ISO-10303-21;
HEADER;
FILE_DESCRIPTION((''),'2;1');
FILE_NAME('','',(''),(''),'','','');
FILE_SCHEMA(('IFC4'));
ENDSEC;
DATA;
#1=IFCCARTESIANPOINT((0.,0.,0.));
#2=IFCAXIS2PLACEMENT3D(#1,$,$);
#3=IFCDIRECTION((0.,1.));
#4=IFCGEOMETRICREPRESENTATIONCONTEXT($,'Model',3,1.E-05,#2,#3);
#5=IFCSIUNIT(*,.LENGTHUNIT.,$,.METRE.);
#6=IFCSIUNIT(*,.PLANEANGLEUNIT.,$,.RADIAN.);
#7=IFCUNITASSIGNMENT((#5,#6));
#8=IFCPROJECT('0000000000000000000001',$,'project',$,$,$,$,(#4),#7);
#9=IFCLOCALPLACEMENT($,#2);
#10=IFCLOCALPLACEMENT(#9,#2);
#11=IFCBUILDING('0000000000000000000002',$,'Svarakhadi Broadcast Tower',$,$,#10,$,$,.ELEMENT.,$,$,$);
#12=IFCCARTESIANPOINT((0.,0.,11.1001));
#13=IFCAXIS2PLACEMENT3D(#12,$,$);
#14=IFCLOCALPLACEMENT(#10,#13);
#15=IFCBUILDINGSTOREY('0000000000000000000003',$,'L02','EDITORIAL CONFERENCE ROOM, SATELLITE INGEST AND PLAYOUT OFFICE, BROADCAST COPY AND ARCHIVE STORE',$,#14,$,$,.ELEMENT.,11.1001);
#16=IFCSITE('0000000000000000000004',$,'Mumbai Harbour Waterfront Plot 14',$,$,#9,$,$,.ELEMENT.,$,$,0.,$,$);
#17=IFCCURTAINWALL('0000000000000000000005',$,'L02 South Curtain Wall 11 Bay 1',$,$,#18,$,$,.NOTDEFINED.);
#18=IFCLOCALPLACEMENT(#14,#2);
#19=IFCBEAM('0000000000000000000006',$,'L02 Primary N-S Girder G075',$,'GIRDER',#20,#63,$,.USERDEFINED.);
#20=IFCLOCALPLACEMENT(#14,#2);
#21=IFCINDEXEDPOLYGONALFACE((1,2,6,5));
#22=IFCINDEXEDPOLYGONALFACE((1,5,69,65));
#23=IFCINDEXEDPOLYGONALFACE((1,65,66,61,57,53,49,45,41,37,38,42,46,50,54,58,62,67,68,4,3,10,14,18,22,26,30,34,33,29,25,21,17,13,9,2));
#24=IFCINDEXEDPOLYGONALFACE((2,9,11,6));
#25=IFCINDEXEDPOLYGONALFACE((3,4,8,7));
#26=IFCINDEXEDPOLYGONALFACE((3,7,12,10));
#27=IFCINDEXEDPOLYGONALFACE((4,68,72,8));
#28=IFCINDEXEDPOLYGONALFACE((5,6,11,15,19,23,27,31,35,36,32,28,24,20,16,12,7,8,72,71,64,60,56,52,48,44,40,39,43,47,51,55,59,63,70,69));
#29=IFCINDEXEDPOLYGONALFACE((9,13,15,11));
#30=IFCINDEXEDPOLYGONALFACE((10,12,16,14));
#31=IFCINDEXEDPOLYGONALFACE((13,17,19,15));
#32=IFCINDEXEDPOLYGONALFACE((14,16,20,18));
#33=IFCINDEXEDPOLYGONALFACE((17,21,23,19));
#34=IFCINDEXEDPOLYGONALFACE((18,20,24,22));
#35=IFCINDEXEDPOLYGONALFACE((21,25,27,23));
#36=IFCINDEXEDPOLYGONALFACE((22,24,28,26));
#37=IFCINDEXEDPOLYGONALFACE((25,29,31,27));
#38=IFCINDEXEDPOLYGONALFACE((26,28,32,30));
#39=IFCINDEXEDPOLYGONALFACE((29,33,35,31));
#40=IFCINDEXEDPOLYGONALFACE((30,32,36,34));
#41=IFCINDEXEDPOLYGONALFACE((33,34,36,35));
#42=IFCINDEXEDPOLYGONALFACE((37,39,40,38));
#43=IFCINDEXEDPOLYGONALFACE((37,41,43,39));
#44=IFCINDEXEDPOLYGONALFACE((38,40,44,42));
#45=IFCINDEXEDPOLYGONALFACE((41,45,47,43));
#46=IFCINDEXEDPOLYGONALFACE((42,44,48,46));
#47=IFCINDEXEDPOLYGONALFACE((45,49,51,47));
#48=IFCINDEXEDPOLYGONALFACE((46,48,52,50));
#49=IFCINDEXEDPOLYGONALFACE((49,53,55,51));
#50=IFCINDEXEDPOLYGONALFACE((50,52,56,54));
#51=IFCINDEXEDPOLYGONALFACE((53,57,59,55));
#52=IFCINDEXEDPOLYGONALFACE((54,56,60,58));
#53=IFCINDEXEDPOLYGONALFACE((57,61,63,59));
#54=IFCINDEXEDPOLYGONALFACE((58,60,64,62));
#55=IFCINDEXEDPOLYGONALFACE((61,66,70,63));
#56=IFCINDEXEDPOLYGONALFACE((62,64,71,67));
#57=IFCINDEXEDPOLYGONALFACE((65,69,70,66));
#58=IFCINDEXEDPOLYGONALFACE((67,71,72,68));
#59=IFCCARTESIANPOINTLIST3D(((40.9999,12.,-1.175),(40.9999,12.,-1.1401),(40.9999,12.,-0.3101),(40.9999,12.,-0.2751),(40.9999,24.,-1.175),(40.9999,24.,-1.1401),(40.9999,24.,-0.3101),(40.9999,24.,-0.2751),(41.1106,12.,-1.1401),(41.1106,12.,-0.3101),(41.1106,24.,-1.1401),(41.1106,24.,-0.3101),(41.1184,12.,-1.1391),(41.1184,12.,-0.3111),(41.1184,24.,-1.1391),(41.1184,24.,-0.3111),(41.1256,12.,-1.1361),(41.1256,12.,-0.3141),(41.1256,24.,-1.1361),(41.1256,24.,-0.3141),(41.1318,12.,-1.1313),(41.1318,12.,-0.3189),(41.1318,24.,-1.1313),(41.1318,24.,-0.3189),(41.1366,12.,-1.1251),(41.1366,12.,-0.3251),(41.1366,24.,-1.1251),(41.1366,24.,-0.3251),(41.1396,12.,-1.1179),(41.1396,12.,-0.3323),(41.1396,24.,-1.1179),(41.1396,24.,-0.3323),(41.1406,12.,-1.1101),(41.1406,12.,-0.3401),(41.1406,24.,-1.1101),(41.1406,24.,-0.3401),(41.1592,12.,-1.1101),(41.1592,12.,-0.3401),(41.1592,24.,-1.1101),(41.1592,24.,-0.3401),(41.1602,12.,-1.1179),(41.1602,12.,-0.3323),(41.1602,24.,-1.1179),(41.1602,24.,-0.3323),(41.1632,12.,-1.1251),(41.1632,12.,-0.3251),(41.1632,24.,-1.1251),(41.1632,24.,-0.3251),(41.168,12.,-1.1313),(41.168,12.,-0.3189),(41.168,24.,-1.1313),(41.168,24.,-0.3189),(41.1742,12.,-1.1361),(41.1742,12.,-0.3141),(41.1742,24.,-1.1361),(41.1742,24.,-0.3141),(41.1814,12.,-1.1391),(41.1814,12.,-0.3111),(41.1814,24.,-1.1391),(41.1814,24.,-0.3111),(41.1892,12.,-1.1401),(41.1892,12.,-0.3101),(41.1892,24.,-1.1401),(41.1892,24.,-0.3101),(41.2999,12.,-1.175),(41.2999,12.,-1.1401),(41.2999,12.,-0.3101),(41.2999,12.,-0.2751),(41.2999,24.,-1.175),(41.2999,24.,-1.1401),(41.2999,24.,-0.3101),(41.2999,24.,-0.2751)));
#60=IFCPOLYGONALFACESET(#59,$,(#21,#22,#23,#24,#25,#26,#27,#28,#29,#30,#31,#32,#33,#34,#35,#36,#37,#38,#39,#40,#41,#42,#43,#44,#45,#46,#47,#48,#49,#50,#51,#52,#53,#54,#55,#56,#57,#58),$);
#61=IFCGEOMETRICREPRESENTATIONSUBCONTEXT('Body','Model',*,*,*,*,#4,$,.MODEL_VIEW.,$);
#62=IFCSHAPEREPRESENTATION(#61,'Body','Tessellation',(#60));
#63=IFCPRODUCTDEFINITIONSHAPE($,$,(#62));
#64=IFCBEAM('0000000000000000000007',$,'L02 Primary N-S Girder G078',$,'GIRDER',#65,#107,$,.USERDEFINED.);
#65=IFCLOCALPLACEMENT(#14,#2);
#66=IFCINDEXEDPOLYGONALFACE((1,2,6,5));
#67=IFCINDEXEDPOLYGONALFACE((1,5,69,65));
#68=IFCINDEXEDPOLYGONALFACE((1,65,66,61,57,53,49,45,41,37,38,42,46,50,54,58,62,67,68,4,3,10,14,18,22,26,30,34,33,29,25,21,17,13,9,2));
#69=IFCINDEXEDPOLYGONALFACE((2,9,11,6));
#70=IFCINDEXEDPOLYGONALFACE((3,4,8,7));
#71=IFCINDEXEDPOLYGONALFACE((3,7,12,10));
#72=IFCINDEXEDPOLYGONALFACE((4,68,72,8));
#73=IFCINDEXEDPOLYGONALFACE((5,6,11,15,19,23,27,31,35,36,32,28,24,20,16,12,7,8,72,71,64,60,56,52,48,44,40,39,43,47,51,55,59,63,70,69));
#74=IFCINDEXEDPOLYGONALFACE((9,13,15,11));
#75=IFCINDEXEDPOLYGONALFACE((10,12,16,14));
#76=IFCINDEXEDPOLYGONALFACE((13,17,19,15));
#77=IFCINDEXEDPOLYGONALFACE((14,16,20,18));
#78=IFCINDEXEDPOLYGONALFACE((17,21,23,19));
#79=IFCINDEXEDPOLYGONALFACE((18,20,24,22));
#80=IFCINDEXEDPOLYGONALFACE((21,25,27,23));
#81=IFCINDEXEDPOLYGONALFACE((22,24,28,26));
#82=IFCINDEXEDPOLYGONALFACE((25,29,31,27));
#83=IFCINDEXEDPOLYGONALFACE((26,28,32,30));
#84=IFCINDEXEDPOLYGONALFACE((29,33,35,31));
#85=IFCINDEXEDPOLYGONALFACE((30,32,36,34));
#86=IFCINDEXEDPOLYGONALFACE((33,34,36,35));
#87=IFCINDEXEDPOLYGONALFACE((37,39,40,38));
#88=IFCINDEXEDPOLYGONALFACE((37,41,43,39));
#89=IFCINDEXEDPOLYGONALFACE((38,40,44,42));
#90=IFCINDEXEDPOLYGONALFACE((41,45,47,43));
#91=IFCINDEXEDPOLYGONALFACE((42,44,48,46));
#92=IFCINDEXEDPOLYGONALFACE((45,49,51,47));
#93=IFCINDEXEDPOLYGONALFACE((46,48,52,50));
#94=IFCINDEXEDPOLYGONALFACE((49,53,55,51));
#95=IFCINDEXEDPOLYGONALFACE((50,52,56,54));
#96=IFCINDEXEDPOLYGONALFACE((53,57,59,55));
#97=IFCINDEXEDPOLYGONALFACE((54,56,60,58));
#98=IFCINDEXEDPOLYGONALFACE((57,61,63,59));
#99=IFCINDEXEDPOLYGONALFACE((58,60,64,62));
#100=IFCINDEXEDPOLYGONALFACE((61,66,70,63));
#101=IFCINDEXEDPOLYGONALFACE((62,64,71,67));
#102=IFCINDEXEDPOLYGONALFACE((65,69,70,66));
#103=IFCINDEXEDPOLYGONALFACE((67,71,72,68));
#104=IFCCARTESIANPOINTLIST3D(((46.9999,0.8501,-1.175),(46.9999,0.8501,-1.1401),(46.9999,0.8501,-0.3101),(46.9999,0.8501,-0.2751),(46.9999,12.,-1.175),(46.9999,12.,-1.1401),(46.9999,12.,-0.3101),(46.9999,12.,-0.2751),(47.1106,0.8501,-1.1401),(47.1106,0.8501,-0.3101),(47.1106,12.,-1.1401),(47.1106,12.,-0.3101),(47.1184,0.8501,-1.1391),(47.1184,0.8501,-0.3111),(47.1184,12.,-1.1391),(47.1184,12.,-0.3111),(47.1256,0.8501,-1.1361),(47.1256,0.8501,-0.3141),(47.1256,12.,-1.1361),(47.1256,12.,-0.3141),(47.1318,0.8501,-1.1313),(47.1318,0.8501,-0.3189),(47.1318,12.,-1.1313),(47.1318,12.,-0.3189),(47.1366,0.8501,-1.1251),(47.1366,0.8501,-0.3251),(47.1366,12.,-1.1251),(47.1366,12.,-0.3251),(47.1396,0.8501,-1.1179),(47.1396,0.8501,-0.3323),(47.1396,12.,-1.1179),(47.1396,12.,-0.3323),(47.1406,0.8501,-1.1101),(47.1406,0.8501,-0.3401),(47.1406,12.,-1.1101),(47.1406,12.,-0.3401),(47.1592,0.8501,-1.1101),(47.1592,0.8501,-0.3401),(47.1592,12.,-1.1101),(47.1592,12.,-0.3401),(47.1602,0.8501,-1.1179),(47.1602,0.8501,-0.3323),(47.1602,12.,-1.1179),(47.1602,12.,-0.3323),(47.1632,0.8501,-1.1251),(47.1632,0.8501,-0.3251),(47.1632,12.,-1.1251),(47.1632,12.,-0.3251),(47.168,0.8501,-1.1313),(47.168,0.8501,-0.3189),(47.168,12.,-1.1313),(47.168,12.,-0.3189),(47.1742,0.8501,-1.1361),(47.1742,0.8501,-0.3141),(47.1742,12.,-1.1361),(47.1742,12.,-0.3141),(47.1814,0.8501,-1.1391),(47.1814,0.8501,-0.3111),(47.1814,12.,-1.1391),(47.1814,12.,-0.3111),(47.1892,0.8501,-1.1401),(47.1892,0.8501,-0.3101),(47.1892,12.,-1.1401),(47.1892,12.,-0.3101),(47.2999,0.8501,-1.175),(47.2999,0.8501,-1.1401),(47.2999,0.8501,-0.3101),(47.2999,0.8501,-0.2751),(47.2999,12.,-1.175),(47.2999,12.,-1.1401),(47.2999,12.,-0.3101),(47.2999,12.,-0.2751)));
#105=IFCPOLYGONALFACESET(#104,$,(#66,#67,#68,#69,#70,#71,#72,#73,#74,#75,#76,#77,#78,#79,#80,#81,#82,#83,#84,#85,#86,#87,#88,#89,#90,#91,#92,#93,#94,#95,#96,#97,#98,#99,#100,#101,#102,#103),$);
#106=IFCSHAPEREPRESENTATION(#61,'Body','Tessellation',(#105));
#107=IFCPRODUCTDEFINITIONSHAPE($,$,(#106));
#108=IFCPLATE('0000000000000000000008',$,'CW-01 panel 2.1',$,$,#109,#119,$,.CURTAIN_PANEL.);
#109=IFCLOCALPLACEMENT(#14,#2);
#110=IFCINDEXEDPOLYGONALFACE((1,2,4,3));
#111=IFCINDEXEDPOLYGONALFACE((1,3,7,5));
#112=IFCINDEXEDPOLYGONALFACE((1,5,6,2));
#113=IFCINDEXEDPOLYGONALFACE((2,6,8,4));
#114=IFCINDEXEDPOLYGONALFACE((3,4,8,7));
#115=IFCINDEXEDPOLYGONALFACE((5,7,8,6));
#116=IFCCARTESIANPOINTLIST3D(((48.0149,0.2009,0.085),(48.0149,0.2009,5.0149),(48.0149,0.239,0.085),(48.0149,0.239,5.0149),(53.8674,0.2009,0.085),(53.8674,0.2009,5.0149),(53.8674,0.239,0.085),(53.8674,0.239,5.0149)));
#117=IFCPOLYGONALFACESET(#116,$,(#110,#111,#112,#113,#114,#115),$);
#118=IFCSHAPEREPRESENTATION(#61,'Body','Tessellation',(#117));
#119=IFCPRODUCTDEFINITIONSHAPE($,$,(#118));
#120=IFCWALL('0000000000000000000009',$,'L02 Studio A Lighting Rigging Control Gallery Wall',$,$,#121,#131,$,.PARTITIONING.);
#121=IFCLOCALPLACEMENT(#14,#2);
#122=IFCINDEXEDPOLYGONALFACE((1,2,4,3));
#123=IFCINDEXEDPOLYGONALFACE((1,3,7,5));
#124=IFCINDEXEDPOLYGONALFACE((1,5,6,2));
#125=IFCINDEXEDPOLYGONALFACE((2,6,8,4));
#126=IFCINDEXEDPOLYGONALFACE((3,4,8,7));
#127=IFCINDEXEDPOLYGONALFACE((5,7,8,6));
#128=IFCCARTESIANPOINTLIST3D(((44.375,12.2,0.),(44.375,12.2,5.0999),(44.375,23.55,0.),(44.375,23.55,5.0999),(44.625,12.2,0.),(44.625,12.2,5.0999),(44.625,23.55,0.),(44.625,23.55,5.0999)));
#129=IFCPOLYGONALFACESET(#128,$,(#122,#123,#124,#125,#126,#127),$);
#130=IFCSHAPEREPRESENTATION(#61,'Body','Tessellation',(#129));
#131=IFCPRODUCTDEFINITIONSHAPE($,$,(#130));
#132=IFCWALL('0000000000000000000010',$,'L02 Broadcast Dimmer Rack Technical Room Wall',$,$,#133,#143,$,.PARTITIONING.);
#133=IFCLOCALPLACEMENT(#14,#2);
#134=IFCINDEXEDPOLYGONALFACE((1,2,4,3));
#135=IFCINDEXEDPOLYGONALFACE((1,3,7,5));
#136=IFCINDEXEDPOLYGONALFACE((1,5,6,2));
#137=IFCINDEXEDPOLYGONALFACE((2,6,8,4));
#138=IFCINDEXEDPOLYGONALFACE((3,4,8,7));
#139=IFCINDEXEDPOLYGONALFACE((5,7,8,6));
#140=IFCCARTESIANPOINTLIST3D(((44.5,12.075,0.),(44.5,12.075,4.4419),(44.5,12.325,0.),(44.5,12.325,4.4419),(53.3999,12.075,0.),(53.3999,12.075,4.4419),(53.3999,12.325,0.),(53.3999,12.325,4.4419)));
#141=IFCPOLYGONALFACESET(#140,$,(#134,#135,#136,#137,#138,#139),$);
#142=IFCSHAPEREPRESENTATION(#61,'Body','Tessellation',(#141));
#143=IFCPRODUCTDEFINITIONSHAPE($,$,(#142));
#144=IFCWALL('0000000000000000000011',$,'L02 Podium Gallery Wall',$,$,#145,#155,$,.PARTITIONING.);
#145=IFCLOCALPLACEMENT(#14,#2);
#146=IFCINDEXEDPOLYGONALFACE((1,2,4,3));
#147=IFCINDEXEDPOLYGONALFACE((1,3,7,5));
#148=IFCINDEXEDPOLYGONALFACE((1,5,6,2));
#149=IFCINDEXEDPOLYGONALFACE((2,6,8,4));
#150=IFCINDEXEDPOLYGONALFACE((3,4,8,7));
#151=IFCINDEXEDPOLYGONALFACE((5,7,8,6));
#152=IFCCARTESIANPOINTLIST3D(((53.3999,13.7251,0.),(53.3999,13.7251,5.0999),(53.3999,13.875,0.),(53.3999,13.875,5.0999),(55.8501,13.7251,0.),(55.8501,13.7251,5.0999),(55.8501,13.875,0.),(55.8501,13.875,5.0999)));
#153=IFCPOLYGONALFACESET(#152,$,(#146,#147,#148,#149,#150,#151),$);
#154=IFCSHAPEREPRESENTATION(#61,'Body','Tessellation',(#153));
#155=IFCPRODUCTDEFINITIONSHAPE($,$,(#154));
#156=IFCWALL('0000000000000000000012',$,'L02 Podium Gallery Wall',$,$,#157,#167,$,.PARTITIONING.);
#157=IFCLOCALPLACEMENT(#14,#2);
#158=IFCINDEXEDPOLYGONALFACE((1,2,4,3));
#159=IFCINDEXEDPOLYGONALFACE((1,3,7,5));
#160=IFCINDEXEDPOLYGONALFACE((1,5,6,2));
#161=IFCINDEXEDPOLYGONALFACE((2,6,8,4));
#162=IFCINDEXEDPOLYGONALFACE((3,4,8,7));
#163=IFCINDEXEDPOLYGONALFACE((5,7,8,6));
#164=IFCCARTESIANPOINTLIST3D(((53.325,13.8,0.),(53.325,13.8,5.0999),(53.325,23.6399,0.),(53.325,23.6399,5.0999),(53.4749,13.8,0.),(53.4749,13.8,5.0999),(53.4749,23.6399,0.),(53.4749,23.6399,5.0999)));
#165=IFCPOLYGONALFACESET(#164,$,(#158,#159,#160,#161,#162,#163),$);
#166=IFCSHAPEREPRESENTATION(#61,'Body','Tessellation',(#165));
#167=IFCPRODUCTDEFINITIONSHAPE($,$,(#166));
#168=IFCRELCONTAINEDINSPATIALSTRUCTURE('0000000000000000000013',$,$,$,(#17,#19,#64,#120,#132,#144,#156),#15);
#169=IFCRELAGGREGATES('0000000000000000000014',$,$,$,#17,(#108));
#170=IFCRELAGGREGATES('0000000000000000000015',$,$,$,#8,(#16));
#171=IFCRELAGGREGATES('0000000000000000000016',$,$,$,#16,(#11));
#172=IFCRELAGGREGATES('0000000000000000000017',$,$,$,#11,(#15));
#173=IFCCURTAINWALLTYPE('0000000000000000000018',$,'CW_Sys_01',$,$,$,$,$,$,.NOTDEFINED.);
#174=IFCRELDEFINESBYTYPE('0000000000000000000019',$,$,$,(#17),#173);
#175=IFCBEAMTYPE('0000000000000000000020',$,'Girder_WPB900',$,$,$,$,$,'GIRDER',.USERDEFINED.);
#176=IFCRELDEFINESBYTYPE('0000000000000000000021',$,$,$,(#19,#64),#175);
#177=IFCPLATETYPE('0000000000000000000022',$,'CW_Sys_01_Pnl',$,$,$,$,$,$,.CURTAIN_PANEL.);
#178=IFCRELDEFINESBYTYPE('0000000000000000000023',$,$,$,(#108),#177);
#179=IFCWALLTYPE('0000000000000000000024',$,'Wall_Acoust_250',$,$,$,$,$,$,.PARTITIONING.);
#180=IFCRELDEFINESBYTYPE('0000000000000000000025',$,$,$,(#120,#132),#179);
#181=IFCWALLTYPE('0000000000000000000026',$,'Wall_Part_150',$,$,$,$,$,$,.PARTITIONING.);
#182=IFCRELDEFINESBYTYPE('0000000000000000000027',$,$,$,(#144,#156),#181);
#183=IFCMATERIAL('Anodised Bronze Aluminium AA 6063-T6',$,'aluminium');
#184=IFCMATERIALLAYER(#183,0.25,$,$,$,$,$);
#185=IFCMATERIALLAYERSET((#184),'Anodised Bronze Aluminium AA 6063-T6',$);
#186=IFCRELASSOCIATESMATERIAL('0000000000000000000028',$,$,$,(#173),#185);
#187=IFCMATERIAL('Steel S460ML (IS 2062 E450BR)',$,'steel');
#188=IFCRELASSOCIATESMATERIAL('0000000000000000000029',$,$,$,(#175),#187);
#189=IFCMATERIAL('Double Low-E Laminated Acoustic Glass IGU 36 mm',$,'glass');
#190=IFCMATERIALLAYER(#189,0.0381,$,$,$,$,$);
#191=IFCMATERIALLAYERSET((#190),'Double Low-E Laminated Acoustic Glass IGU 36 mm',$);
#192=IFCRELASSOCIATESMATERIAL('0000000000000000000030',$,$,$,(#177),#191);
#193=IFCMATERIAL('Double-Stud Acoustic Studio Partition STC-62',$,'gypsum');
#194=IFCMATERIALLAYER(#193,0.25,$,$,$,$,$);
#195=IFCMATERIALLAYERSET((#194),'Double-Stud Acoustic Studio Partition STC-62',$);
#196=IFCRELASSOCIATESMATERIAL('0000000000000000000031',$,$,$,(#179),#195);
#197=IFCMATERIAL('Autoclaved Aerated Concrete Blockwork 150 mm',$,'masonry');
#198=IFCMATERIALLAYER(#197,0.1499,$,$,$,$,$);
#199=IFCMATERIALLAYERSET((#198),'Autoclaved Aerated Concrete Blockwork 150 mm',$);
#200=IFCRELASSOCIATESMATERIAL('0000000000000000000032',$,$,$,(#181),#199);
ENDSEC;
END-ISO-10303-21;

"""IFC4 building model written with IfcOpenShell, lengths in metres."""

from ifc_helpers import new_model, si_unit, direction, frame, frame_2d, origin, origin_2d, place, context, subcontext, project, spatial, rectangle, i_section, extrude, material, layer, layer_set, material_profile, profile_set, type_object, element, aggregate, save


model = new_model("IFC4")

# Units and contexts
model_context = context("Model", 3, precision=1e-05, world=origin(), true_north=direction((0.0, 1.0)))
body_context = subcontext(model_context, "Body", "Model", "MODEL_VIEW")
ifc_project = project(units=[si_unit("LENGTHUNIT", "METRE"), si_unit("PLANEANGLEUNIT", "RADIAN")], contexts=[model_context])

# Site, building, storey
site_placement = place(None, origin())
site = spatial("IfcSite", under=ifc_project, at=site_placement, Name="Mumbai Harbour Waterfront Plot 14", CompositionType="ELEMENT", RefElevation=0.0)
building_placement = place(site_placement, origin())
building = spatial("IfcBuilding", under=site, at=building_placement, Name="Svarakhadi Broadcast Tower", CompositionType="ELEMENT")
storey_placement = place(building_placement, frame((0.0, 0.0, 11.1001)))
storey = spatial("IfcBuildingStorey", under=building, at=storey_placement, Name="L02", Description="EDITORIAL CONFERENCE ROOM, SATELLITE INGEST AND PLAYOUT OFFICE, BROADCAST COPY AND ARCHIVE STORE", CompositionType="ELEMENT", Elevation=11.1001)

# Shared definitions
ifc_material_1 = material(Name="Steel S460ML (IS 2062 E450BR)", Category="steel")

# Curtain wall
ifc_material_2 = material(Name="Anodised Bronze Aluminium AA 6063-T6", Category="aluminium")
ifc_layer_1 = layer(ifc_material_2, 0.25)
ifc_layer_set_1 = layer_set([ifc_layer_1], Name="Anodised Bronze Aluminium AA 6063-T6")
curtain_wall_type = type_object("IfcCurtainWallType", Name="CW_Sys_01", PredefinedType="NOTDEFINED", material=ifc_layer_set_1)
curtain_wall_1_placement = place(storey_placement, origin())
curtain_wall_1 = element("IfcCurtainWall", 1, at=curtain_wall_1_placement, inside=storey, type_object=curtain_wall_type, Name="L02 South Curtain Wall 11 Bay 1", PredefinedType="NOTDEFINED")

# Beams
ifc_material_profile_1 = material_profile(ifc_material_1, i_section(OverallWidth=0.3, OverallDepth=0.8999, WebThickness=0.0186, FlangeThickness=0.0349, FilletRadius=0.03, at=origin_2d()), Name="WPB 900x300x291")
ifc_profile_set_1 = profile_set([ifc_material_profile_1], Name="Steel S460ML (IS 2062 E450BR)")
beam_type_1 = type_object("IfcBeamType", Name="Girder_WPB900", ElementType="GIRDER", PredefinedType="USERDEFINED", material=ifc_profile_set_1)
beam_1_placement = place(storey_placement, frame((41.1499, 12.0, -0.7251), z_axis=(0.0, 1.0, 0.0), x_axis=(-1.0, 0.0, 0.0)))
element("IfcBeam", 2, at=beam_1_placement, inside=storey, type_object=beam_type_1, Name="L02 Primary N-S Girder G075", ObjectType="GIRDER", PredefinedType="USERDEFINED", context=body_context, shape_type="SweptSolid", body=[
    extrude(i_section(OverallWidth=0.3, OverallDepth=0.8999, WebThickness=0.0186, FlangeThickness=0.0349, FilletRadius=0.03, at=origin_2d()), origin(), (0.0, 0.0, 1.0), 12.0),
])
beam_2_placement = place(storey_placement, frame((47.1499, 0.8501, -0.7251), z_axis=(0.0, 1.0, 0.0), x_axis=(-1.0, 0.0, 0.0)))
element("IfcBeam", 3, at=beam_2_placement, inside=storey, type_object=beam_type_1, Name="L02 Primary N-S Girder G078", ObjectType="GIRDER", PredefinedType="USERDEFINED", context=body_context, shape_type="SweptSolid", body=[
    extrude(i_section(OverallWidth=0.3, OverallDepth=0.8999, WebThickness=0.0186, FlangeThickness=0.0349, FilletRadius=0.03, at=origin_2d()), origin(), (0.0, 0.0, 1.0), 11.1499),
])

# Plate
ifc_material_3 = material(Name="Double Low-E Laminated Acoustic Glass IGU 36 mm", Category="glass")
ifc_layer_2 = layer(ifc_material_3, 0.0381)
ifc_layer_set_2 = layer_set([ifc_layer_2], Name="Double Low-E Laminated Acoustic Glass IGU 36 mm")
plate_type = type_object("IfcPlateType", Name="CW_Sys_01_Pnl", PredefinedType="CURTAIN_PANEL", material=ifc_layer_set_2)
plate_placement = place(storey_placement, frame((50.9412, 0.22, 0.085), z_axis=(0.0, 0.0, 1.0), x_axis=(-1.0, 0.0, 0.0)))
plate = element("IfcPlate", 4, at=plate_placement, type_object=plate_type, Name="CW-01 panel 2.1", PredefinedType="CURTAIN_PANEL", context=body_context, shape_type="SweptSolid", body=[
    extrude(rectangle(XDim=5.8525, YDim=0.0381, at=origin_2d()), origin(), (0.0, 0.0, 1.0), 4.9299),
])
aggregate(curtain_wall_1, [plate])

# Walls
ifc_material_4 = material(Name="Double-Stud Acoustic Studio Partition STC-62", Category="gypsum")
ifc_layer_3 = layer(ifc_material_4, 0.25)
ifc_layer_set_3 = layer_set([ifc_layer_3], Name="Double-Stud Acoustic Studio Partition STC-62")
wall_type_1 = type_object("IfcWallType", Name="Wall_Acoust_250", PredefinedType="PARTITIONING", material=ifc_layer_set_3)
wall_1_placement = place(storey_placement, frame((44.5, 12.2, 0.0), z_axis=(0.0, 0.0, 1.0), x_axis=(0.0, 1.0, 0.0)))
element("IfcWall", 5, at=wall_1_placement, inside=storey, type_object=wall_type_1, Name="L02 Studio A Lighting Rigging Control Gallery Wall", PredefinedType="PARTITIONING", context=body_context, shape_type="SweptSolid", body=[
    extrude(rectangle(XDim=11.3501, YDim=0.25, at=frame_2d((5.675, 0.0))), origin(), (0.0, 0.0, 1.0), 5.0999),
])
wall_2_placement = place(storey_placement, frame((44.5, 12.2, 0.0), z_axis=(0.0, 0.0, 1.0), x_axis=(1.0, 0.0, 0.0)))
element("IfcWall", 6, at=wall_2_placement, inside=storey, type_object=wall_type_1, Name="L02 Broadcast Dimmer Rack Technical Room Wall", PredefinedType="PARTITIONING", context=body_context, shape_type="SweptSolid", body=[
    extrude(rectangle(XDim=8.8999, YDim=0.25, at=frame_2d((4.45, 0.0))), origin(), (0.0, 0.0, 1.0), 4.4419),
])
ifc_material_5 = material(Name="Autoclaved Aerated Concrete Blockwork 150 mm", Category="masonry")
ifc_layer_4 = layer(ifc_material_5, 0.1499)
ifc_layer_set_4 = layer_set([ifc_layer_4], Name="Autoclaved Aerated Concrete Blockwork 150 mm")
wall_type_2 = type_object("IfcWallType", Name="Wall_Part_150", PredefinedType="PARTITIONING", material=ifc_layer_set_4)
wall_3_placement = place(storey_placement, frame((55.8501, 13.8, 0.0), z_axis=(0.0, 0.0, 1.0), x_axis=(-1.0, 0.0, 0.0)))
element("IfcWall", 7, at=wall_3_placement, inside=storey, type_object=wall_type_2, Name="L02 Podium Gallery Wall", PredefinedType="PARTITIONING", context=body_context, shape_type="SweptSolid", body=[
    extrude(rectangle(XDim=2.4502, YDim=0.1499, at=frame_2d((1.2251, 0.0))), origin(), (0.0, 0.0, 1.0), 5.0999),
])
wall_4_placement = place(storey_placement, frame((53.3999, 13.8, 0.0), z_axis=(0.0, 0.0, 1.0), x_axis=(0.0, 1.0, 0.0)))
element("IfcWall", 8, at=wall_4_placement, inside=storey, type_object=wall_type_2, Name="L02 Podium Gallery Wall", PredefinedType="PARTITIONING", context=body_context, shape_type="SweptSolid", body=[
    extrude(rectangle(XDim=9.8398, YDim=0.1499, at=frame_2d((4.9199, 0.0))), origin(), (0.0, 0.0, 1.0), 5.0999),
])

save(model, "model.ifc")
